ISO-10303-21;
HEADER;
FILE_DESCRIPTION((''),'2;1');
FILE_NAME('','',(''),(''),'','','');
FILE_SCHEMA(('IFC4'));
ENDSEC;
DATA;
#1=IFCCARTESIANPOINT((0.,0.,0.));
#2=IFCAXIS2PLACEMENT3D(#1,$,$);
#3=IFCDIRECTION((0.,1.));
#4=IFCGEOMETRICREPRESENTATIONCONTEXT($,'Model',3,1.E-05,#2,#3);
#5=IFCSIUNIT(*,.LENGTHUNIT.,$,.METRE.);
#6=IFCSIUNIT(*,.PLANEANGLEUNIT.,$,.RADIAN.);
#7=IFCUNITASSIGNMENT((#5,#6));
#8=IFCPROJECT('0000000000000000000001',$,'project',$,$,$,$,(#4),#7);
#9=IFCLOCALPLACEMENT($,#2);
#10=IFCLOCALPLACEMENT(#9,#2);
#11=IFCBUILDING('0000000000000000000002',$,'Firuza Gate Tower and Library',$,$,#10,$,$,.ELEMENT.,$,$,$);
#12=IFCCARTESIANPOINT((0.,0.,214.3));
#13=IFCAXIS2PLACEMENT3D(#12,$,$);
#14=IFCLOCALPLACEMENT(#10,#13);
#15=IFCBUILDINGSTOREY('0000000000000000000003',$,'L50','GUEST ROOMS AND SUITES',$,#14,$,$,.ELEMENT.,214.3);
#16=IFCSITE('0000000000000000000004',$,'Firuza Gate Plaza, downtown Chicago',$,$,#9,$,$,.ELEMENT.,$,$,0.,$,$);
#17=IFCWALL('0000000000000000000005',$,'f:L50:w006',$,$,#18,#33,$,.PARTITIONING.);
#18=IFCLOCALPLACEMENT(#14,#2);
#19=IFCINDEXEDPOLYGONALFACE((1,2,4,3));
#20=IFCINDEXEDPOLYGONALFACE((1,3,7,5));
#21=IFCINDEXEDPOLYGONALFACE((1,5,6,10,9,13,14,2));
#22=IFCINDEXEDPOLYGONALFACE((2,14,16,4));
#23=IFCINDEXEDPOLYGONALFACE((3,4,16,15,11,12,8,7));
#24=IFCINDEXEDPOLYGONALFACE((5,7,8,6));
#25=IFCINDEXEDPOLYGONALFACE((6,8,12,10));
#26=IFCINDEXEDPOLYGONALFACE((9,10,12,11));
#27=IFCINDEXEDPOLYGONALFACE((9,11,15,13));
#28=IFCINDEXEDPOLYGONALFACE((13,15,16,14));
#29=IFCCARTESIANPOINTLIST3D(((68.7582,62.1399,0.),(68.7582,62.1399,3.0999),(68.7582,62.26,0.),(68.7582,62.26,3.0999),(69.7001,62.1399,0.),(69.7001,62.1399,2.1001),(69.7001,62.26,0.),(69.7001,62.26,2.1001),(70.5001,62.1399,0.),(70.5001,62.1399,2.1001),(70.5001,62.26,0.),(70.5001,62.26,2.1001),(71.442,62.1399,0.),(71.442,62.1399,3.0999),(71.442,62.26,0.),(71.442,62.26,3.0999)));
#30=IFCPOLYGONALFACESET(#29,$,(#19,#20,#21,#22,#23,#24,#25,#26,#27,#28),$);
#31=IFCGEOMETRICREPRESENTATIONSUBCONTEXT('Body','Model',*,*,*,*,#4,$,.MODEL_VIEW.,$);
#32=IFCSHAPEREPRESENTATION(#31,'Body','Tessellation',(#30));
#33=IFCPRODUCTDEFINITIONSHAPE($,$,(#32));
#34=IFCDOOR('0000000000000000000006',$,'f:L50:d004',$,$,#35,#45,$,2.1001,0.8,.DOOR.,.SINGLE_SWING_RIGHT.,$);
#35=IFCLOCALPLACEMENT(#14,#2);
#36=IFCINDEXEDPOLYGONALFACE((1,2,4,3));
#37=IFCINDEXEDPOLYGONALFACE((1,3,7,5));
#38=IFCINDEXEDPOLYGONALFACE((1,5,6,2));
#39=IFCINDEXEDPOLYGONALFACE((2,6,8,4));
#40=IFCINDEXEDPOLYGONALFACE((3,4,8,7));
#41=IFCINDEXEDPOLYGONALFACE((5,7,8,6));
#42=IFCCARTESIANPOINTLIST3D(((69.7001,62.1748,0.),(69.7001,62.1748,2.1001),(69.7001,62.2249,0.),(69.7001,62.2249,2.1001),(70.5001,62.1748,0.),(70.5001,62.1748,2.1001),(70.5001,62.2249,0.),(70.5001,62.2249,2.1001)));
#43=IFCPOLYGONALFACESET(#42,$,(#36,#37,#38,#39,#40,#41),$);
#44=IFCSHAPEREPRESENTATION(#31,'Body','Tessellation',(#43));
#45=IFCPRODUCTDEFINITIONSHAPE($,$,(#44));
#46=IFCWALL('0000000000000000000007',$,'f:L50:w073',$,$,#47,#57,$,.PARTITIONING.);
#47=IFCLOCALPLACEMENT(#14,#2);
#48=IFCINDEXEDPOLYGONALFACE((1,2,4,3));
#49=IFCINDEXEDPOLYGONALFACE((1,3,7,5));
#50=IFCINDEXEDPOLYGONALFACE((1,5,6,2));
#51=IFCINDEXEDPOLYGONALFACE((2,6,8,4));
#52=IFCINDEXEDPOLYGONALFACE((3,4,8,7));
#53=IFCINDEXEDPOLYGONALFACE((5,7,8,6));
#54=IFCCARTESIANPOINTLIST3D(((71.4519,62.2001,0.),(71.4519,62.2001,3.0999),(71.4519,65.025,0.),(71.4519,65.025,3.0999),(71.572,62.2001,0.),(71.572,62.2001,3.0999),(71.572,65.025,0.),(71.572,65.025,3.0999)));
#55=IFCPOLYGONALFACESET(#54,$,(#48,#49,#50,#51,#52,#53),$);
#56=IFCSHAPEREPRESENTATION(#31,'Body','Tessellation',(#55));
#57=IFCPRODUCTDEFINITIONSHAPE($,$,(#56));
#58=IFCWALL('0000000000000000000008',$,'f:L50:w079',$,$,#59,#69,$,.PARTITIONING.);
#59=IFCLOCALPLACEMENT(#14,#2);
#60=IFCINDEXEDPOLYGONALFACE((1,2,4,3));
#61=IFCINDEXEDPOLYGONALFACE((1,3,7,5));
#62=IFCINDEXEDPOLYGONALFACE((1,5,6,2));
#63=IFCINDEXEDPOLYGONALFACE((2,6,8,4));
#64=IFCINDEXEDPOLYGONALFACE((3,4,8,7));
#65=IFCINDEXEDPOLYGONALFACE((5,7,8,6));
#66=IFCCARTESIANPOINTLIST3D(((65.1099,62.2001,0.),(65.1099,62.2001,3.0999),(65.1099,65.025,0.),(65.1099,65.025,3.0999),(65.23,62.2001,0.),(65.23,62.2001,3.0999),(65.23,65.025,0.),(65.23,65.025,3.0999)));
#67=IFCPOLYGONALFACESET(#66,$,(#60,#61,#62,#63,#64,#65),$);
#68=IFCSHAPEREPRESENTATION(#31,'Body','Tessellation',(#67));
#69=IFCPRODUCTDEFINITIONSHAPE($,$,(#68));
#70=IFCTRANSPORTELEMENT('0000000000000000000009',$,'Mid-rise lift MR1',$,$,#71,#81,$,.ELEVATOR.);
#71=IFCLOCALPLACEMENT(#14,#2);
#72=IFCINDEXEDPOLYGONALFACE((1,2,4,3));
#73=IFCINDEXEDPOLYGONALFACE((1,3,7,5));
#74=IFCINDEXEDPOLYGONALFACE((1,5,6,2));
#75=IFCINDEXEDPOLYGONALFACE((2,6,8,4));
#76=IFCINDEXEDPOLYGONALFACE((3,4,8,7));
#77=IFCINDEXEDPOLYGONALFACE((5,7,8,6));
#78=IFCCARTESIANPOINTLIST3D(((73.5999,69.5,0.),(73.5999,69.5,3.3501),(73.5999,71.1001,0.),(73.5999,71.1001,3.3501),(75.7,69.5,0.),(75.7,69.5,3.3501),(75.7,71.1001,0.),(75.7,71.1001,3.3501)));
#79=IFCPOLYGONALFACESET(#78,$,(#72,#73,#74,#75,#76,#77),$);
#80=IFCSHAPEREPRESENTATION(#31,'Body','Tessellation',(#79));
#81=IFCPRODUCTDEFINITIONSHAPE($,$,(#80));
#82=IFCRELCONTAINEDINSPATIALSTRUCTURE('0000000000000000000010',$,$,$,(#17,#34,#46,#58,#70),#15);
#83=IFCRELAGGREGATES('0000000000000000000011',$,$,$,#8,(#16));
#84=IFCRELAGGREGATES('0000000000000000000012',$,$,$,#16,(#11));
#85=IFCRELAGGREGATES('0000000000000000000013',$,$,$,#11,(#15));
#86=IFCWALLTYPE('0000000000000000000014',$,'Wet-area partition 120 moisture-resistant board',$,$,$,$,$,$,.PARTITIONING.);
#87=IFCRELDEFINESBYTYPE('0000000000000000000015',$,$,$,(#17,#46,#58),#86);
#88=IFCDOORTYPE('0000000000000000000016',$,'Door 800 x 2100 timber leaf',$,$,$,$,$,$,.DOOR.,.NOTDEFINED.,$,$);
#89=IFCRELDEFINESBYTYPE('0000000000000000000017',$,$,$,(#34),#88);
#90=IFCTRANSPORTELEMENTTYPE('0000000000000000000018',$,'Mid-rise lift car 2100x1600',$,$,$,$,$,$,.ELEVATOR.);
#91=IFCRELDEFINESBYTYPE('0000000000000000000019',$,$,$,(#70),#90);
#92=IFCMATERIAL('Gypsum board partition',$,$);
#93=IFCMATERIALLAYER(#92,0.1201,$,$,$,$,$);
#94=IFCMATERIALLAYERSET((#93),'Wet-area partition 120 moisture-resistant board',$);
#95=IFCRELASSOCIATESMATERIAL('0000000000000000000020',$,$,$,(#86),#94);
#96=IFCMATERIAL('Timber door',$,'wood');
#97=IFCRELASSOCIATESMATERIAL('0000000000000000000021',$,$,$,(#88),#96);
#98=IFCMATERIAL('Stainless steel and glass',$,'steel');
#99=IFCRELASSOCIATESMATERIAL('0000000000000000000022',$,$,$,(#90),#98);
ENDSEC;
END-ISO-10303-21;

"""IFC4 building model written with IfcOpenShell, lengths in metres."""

from ifc_helpers import new_model, si_unit, direction, frame, frame_2d, origin, origin_2d, place, context, subcontext, project, spatial, rectangle, extrude, material, layer, layer_set, type_object, element, fill, save


model = new_model("IFC4")

# Units and contexts
model_context = context("Model", 3, precision=1e-05, world=origin(), true_north=direction((0.0, 1.0)))
body_context = subcontext(model_context, "Body", "Model", "MODEL_VIEW")
ifc_project = project(units=[si_unit("LENGTHUNIT", "METRE"), si_unit("PLANEANGLEUNIT", "RADIAN")], contexts=[model_context])

# Site, building, storey
site_placement = place(None, origin())
site = spatial("IfcSite", under=ifc_project, at=site_placement, Name="Firuza Gate Plaza, downtown Chicago", CompositionType="ELEMENT", RefElevation=0.0)
building_placement = place(site_placement, origin())
building = spatial("IfcBuilding", under=site, at=building_placement, Name="Firuza Gate Tower and Library", CompositionType="ELEMENT")
storey_placement = place(building_placement, frame((0.0, 0.0, 214.3)))
storey = spatial("IfcBuildingStorey", under=building, at=storey_placement, Name="L50", Description="GUEST ROOMS AND SUITES", CompositionType="ELEMENT", Elevation=214.3)

# Wall, opening, door
ifc_material_1 = material(Name="Gypsum board partition")
ifc_layer_1 = layer(ifc_material_1, 0.1201)
ifc_layer_set_1 = layer_set([ifc_layer_1], Name="Wet-area partition 120 moisture-resistant board")
wall_type_1 = type_object("IfcWallType", Name="Wet-area partition 120 moisture-resistant board", PredefinedType="PARTITIONING", material=ifc_layer_set_1)
wall_1_placement = place(storey_placement, frame((68.7583, 62.2, 0.0), z_axis=(0.0, 0.0, 1.0), x_axis=(1.0, 0.0, 0.0)))
wall_1 = element("IfcWall", 1, at=wall_1_placement, inside=storey, type_object=wall_type_1, Name="f:L50:w006", PredefinedType="PARTITIONING", context=body_context, shape_type="SweptSolid", body=[
    extrude(rectangle(XDim=2.6838, YDim=0.1201, at=frame_2d((1.3418, 0.0))), origin(), (0.0, 0.0, 1.0), 3.0999),
])
opening_1_placement = place(wall_1_placement, frame((0.9419, 0.0, 0.0)))
opening_1 = element("IfcOpeningElement", 2, at=opening_1_placement, cuts=wall_1, PredefinedType="OPENING", context=body_context, shape_type="SweptSolid", body=[
    extrude(rectangle(XDim=0.8, YDim=2.1001, at=frame_2d((0.3999, 1.05))), frame((0.0, 0.0701, 0.0), z_axis=(0.0, -1.0, 0.0), x_axis=(1.0, 0.0, 0.0)), (0.0, 0.0, 1.0), 0.1401),
])
ifc_material_2 = material(Name="Timber door", Category="wood")
door_type_1 = type_object("IfcDoorType", Name="Door 800 x 2100 timber leaf", OperationType="NOTDEFINED", PredefinedType="DOOR", material=ifc_material_2)
door_1_placement = place(opening_1_placement, origin())
door_1 = element("IfcDoor", 3, at=door_1_placement, inside=storey, type_object=door_type_1, Name="f:L50:d004", OperationType="SINGLE_SWING_RIGHT", OverallHeight=2.1001, OverallWidth=0.8, PredefinedType="DOOR", context=body_context, shape_type="SweptSolid", body=[
    extrude(rectangle(XDim=0.8, YDim=2.1001, at=frame_2d((0.3999, 1.05))), frame((0.0, 0.0249, 0.0), z_axis=(0.0, -1.0, 0.0), x_axis=(1.0, 0.0, 0.0)), (0.0, 0.0, 1.0), 0.05),
])
fill(opening_1, door_1)

# Walls
for number, where, z_axis, x_axis, name in (
    (4, (71.512, 62.2, 0.0), (0.0, 0.0, 1.0), (0.0, 1.0, 0.0), "f:L50:w073"),
    (5, (65.1699, 62.2, 0.0), (0.0, 0.0, 1.0), (0.0, 1.0, 0.0), "f:L50:w079"),
):
    element("IfcWall", number, at=place(storey_placement, frame(where, z_axis=z_axis, x_axis=x_axis)), inside=storey, type_object=wall_type_1, Name=name, PredefinedType="PARTITIONING", context=body_context, shape_type="SweptSolid", body=[
        extrude(rectangle(XDim=2.825, YDim=0.1201, at=frame_2d((1.4126, 0.0))), origin(), (0.0, 0.0, 1.0), 3.0999),
    ])

# Transport element
ifc_material_3 = material(Name="Stainless steel and glass", Category="steel")
transport_element_type = type_object("IfcTransportElementType", Name="Mid-rise lift car 2100x1600", PredefinedType="ELEVATOR", material=ifc_material_3)
transport_element_placement = place(storey_placement, frame((74.6499, 70.3, 0.0), z_axis=(0.0, 0.0, 1.0), x_axis=(1.0, 0.0, 0.0)))
element("IfcTransportElement", 6, at=transport_element_placement, inside=storey, type_object=transport_element_type, Name="Mid-rise lift MR1", PredefinedType="ELEVATOR", context=body_context, shape_type="SweptSolid", body=[
    extrude(rectangle(XDim=2.1001, YDim=1.6001, at=origin_2d()), origin(), (0.0, 0.0, 1.0), 3.3501),
])

save(model, "model.ifc")
